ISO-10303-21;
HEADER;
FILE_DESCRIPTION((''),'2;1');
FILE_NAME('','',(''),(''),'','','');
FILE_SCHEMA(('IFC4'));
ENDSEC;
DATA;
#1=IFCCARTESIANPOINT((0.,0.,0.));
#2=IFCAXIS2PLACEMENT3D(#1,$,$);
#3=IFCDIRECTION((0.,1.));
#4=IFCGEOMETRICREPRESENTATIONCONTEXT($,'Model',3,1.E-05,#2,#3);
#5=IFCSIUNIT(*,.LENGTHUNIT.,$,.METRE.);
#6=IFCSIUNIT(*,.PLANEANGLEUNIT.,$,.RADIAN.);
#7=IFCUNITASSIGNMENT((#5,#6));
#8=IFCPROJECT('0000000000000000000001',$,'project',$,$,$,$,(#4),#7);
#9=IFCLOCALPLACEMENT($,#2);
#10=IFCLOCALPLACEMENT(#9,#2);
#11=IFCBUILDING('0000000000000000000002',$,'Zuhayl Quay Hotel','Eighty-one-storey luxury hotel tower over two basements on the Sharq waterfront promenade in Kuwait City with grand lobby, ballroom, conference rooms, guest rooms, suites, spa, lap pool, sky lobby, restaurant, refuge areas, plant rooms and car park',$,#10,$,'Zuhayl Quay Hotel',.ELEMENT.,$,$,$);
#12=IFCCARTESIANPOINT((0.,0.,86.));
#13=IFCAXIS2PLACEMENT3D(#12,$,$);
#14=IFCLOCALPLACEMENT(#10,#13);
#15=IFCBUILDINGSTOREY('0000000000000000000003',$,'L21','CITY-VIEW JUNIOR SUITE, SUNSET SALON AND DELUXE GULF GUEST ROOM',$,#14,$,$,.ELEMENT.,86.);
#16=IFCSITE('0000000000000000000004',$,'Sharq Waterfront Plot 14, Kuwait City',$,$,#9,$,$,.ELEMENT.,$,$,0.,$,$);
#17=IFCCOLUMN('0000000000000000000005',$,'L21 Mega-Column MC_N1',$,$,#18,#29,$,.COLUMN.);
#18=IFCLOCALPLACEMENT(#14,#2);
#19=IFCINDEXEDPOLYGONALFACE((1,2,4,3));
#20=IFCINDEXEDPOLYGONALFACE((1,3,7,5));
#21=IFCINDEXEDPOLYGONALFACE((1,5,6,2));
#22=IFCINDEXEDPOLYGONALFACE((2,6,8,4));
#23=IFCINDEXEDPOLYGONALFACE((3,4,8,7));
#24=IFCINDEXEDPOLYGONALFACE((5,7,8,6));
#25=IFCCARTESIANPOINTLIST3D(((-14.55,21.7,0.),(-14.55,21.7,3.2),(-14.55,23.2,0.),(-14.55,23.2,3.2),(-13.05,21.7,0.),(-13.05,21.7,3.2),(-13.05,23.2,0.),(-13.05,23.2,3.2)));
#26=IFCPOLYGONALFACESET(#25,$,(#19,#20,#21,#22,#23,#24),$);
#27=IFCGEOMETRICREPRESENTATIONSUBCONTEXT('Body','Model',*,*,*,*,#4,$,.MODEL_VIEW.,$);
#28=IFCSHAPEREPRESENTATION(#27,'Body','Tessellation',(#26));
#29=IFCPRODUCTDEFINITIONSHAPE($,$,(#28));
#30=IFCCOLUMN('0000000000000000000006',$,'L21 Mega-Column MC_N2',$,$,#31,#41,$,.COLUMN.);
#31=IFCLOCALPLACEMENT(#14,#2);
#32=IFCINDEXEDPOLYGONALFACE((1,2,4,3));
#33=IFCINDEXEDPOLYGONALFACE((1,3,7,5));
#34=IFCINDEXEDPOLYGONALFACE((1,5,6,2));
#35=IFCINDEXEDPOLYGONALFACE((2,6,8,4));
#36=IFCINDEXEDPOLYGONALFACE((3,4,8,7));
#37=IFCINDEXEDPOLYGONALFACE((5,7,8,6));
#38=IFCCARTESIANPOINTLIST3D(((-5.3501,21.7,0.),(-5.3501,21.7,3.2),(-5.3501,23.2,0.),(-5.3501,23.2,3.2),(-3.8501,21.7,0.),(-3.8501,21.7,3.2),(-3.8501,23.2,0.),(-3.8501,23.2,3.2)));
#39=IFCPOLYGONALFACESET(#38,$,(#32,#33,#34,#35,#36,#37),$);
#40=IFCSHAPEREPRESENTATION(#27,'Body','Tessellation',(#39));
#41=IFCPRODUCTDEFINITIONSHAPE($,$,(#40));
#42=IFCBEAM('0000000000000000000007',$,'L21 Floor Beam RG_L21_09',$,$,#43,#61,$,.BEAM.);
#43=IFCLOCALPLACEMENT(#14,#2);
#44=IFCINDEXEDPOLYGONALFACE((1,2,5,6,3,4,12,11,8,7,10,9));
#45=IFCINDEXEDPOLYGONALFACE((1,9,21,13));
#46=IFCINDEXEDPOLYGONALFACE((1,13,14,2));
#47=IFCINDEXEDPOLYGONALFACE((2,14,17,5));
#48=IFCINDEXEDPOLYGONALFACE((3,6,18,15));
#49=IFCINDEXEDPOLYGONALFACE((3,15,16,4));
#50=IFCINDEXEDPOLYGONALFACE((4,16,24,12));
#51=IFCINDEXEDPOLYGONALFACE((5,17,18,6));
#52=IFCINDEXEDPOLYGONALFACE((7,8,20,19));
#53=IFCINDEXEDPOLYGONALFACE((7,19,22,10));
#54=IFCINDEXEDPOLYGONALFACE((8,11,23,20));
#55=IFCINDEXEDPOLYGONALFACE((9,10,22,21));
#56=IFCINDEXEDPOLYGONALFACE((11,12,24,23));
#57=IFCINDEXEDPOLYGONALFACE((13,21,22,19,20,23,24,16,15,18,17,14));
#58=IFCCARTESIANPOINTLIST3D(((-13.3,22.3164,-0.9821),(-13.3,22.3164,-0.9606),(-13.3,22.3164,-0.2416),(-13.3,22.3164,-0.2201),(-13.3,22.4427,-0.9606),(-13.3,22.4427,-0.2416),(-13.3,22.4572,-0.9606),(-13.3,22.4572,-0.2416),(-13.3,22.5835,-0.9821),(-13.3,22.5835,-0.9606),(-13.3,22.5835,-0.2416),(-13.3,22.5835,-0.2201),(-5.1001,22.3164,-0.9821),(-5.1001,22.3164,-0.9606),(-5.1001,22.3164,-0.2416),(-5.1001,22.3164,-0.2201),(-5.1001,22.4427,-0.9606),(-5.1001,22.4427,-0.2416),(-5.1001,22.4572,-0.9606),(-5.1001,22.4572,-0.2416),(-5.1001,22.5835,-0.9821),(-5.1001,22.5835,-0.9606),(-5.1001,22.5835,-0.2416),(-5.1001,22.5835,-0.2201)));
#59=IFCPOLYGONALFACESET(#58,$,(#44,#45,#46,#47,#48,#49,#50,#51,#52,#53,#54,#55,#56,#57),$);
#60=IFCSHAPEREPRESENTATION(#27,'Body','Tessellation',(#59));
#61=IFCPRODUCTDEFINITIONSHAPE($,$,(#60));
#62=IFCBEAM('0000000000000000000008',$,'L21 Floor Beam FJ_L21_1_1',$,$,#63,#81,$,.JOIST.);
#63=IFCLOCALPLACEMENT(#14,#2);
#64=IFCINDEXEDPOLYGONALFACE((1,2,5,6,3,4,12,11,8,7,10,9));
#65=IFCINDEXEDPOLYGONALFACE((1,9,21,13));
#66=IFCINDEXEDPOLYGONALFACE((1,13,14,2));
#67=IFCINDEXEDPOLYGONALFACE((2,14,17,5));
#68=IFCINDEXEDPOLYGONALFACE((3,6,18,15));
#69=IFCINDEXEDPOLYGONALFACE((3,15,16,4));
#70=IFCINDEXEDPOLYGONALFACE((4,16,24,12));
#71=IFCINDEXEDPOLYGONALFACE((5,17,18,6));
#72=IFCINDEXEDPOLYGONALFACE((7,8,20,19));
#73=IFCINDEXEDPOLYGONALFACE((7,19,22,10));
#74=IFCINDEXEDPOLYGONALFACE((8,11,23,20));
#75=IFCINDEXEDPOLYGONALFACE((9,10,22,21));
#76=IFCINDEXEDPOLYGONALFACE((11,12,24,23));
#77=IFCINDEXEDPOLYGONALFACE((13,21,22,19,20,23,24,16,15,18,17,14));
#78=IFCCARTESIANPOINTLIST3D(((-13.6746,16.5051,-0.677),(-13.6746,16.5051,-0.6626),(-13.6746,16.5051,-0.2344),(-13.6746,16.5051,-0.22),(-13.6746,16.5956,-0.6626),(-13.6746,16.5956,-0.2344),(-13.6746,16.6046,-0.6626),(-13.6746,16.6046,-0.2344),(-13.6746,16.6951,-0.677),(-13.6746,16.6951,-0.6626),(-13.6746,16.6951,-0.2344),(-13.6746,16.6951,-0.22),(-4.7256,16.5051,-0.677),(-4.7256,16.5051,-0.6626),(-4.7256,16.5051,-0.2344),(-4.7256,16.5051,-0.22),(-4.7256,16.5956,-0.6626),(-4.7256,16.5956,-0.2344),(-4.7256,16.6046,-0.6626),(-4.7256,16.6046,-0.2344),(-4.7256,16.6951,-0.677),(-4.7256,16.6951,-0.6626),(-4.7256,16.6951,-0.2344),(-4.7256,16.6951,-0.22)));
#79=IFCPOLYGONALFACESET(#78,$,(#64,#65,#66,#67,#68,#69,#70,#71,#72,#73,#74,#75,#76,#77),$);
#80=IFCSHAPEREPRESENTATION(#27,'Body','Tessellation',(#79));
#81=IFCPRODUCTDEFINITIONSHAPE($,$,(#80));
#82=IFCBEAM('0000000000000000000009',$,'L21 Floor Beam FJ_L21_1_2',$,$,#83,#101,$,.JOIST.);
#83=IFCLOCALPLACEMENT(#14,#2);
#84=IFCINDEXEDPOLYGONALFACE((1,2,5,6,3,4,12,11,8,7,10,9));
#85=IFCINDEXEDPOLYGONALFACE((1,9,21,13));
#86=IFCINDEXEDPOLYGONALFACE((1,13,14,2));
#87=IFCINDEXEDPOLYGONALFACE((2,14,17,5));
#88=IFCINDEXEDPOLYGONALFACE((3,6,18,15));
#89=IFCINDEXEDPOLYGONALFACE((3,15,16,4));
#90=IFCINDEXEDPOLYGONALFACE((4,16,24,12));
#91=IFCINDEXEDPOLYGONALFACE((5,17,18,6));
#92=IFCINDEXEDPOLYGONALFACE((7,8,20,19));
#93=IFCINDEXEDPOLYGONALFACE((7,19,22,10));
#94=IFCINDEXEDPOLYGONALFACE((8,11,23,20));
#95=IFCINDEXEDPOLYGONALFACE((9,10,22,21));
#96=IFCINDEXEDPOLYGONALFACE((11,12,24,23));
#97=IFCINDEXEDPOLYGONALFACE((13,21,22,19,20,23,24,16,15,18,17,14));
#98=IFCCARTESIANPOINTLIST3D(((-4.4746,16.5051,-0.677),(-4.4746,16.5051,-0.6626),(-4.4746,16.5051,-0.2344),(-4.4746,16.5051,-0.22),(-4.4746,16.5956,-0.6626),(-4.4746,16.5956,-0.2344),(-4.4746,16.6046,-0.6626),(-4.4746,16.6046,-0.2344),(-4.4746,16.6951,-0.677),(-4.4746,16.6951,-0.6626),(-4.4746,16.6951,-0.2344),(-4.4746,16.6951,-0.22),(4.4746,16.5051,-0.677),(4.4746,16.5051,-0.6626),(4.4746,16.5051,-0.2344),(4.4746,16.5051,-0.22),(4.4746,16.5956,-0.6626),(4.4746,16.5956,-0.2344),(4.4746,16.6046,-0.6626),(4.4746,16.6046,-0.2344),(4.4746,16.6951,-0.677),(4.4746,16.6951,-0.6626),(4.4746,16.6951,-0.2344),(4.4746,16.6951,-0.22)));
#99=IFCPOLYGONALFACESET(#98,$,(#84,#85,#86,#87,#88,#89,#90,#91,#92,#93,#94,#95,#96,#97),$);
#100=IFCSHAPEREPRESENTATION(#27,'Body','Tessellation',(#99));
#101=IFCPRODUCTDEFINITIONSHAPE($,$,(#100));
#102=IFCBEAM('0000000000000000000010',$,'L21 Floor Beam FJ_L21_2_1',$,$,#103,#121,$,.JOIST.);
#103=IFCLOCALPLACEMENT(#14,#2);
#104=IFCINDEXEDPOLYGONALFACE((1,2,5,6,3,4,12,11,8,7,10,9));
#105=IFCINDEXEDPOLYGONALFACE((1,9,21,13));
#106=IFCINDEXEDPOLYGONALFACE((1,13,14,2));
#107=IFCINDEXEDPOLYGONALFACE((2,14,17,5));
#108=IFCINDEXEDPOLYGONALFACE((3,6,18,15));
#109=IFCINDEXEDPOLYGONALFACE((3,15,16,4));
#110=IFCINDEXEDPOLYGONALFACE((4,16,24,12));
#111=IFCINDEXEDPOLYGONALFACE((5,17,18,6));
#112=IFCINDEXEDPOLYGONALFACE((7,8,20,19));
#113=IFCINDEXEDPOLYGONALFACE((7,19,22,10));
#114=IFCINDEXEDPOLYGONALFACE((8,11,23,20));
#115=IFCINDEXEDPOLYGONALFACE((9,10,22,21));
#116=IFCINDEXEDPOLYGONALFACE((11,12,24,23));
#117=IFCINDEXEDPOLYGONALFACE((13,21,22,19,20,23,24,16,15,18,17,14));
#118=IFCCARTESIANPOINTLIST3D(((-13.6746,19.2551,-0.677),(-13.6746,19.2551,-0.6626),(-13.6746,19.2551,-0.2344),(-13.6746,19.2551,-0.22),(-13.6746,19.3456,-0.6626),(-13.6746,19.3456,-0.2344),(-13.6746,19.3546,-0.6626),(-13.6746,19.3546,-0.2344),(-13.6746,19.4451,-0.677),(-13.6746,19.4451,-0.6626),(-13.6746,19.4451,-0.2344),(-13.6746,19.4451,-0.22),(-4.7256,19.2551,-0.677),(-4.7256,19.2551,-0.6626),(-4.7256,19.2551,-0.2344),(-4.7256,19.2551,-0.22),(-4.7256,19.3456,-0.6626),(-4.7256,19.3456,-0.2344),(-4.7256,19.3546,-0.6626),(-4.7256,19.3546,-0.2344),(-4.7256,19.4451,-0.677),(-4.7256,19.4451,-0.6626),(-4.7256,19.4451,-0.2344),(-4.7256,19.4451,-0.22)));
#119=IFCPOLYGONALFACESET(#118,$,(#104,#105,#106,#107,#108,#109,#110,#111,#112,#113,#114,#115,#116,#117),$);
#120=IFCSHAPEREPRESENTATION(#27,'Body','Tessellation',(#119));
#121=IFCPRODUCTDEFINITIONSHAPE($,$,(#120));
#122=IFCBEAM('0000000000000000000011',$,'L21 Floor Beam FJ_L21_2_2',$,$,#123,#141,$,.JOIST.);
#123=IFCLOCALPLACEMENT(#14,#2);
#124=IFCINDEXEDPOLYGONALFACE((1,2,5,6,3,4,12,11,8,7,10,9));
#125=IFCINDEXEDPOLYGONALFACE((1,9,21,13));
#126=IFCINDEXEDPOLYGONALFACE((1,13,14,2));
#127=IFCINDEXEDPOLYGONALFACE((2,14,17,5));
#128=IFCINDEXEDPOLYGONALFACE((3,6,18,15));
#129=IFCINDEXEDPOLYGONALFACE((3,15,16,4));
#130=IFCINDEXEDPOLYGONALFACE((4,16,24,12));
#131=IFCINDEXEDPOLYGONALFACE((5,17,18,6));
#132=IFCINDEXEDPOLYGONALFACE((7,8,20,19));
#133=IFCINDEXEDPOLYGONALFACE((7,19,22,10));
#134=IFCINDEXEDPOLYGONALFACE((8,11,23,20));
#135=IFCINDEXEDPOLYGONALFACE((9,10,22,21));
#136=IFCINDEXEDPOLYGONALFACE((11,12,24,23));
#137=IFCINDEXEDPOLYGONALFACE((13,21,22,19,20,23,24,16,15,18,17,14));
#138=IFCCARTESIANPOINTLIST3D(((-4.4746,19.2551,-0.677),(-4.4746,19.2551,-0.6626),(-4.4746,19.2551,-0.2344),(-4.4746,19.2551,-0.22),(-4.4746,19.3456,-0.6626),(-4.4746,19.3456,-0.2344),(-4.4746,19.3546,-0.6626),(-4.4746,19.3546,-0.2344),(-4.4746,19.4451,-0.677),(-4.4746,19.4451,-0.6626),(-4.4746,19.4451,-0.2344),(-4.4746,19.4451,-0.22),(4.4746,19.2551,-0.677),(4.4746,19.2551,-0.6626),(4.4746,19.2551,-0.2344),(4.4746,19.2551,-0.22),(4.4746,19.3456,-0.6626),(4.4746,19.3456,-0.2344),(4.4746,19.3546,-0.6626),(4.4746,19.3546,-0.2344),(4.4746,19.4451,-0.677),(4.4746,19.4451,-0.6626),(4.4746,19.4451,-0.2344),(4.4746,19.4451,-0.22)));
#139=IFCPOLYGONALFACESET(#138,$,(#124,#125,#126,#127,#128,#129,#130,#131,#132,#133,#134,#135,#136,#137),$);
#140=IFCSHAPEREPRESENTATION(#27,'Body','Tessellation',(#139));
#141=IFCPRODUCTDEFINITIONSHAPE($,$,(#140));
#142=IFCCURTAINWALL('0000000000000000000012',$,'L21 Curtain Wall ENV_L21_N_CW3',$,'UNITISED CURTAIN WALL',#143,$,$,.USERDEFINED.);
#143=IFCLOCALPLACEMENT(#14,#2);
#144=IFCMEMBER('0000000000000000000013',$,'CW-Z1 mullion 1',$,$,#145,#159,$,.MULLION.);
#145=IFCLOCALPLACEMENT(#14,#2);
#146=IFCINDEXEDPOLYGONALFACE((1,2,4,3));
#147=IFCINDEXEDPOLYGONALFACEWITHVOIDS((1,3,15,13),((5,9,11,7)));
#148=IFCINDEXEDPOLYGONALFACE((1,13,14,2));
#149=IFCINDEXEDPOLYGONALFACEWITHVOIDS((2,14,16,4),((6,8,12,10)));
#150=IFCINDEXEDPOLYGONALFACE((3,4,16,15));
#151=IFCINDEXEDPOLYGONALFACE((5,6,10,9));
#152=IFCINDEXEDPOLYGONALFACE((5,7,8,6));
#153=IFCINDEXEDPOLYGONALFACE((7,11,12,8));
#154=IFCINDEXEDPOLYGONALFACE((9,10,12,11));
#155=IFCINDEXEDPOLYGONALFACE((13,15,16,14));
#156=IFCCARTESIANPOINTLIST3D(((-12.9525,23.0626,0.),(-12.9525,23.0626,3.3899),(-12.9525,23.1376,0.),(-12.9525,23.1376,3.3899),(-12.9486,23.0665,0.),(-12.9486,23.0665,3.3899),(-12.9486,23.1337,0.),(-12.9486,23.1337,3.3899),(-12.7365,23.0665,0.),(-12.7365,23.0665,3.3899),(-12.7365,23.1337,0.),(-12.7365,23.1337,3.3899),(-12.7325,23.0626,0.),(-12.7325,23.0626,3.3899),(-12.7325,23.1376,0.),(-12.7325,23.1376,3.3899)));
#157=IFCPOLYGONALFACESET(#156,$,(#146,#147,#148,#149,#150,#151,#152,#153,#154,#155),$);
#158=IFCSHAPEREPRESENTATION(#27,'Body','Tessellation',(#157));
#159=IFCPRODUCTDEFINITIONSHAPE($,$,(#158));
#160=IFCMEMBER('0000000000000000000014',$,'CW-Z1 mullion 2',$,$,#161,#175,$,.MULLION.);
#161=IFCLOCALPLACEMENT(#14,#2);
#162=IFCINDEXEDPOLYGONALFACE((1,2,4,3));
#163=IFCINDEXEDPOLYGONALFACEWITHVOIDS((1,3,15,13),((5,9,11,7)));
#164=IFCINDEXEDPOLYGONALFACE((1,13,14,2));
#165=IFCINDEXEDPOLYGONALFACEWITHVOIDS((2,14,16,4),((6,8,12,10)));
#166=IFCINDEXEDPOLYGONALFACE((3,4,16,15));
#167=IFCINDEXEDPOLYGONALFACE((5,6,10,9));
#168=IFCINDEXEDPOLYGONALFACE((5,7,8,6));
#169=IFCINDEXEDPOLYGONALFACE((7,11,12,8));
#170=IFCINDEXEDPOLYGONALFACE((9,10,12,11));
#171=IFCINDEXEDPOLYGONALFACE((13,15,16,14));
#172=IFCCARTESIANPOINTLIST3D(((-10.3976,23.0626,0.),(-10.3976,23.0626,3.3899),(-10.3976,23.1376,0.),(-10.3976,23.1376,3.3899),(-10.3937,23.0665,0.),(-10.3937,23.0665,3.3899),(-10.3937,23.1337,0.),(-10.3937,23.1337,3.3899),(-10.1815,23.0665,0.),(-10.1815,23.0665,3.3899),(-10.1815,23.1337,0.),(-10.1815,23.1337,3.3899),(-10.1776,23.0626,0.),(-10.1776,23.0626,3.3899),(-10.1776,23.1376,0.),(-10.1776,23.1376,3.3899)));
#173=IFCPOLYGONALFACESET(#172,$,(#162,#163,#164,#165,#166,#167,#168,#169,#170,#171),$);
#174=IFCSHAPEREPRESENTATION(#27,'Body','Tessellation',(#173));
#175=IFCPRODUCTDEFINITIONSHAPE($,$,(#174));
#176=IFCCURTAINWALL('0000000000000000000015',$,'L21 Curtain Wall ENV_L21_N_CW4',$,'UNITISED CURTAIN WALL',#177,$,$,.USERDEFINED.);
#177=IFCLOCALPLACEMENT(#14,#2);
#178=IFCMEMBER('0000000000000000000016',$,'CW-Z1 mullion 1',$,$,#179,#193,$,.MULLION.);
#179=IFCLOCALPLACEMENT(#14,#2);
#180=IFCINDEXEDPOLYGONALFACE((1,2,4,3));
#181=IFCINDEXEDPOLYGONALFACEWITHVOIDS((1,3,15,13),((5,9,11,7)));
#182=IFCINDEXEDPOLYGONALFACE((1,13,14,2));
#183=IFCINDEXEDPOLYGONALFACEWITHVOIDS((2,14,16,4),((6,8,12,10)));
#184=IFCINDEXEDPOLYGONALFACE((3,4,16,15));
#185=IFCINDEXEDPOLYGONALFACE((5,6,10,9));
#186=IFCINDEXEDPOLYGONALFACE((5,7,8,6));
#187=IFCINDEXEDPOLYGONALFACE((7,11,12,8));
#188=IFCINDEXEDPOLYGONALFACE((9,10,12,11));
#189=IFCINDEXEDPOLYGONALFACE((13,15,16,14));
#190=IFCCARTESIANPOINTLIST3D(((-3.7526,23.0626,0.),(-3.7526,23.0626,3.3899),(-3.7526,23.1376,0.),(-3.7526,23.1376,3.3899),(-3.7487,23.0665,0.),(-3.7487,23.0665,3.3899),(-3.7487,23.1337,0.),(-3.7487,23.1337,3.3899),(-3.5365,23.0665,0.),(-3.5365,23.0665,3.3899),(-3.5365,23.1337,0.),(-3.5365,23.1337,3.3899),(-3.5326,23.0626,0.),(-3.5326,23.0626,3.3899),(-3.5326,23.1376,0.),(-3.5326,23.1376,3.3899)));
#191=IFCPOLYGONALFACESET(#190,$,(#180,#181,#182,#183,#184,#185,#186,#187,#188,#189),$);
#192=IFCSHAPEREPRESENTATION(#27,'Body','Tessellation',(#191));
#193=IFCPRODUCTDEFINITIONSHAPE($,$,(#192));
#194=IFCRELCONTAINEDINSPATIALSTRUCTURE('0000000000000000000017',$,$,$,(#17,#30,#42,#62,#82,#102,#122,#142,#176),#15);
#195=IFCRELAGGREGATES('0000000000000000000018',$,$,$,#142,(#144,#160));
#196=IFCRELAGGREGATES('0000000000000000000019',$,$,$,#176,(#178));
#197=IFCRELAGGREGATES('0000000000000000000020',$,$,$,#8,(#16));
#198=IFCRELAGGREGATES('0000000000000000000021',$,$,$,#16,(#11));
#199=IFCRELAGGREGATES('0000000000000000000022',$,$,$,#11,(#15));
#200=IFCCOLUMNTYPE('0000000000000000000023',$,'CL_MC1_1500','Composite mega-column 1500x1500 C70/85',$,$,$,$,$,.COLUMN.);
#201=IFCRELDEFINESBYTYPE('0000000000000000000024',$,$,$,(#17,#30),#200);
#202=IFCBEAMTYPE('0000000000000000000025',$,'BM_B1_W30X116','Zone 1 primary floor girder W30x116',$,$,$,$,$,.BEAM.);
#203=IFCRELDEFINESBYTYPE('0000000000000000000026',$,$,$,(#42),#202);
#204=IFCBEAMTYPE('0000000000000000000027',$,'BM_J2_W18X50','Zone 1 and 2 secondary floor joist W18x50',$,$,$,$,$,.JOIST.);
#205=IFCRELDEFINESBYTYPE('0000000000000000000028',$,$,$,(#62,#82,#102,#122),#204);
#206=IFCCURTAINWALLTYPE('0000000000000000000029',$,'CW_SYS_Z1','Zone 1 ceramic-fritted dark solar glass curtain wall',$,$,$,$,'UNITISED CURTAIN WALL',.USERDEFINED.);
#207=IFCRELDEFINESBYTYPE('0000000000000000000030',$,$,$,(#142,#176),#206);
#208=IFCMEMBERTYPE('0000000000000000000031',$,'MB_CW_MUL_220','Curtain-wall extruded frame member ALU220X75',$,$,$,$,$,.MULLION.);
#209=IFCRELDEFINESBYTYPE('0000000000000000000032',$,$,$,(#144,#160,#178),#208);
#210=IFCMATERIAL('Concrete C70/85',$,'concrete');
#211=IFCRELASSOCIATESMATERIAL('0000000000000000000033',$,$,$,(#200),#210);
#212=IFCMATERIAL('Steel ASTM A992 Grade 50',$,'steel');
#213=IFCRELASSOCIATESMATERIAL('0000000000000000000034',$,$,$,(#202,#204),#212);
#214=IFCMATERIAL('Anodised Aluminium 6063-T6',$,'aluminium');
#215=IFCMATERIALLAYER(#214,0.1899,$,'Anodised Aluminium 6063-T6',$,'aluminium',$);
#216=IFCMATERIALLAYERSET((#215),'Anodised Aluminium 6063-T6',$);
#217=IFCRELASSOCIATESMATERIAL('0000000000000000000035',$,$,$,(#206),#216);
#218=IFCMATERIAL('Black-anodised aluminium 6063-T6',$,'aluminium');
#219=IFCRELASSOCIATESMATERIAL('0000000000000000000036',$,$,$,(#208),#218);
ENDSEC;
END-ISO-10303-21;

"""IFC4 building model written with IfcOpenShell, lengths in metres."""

from ifc_helpers import new_model, si_unit, direction, frame, origin, origin_2d, place, context, subcontext, project, spatial, rectangle, hollow_rectangle, i_section, extrude, material, layer, layer_set, material_profile, profile_set, type_object, element, aggregate, save


model = new_model("IFC4")

# Units and contexts
model_context = context("Model", 3, precision=1e-05, world=origin(), true_north=direction((0.0, 1.0)))
body_context = subcontext(model_context, "Body", "Model", "MODEL_VIEW")
ifc_project = project(units=[si_unit("LENGTHUNIT", "METRE"), si_unit("PLANEANGLEUNIT", "RADIAN")], contexts=[model_context])

# Site, building, storey
site_placement = place(None, origin())
site = spatial("IfcSite", under=ifc_project, at=site_placement, Name="Sharq Waterfront Plot 14, Kuwait City", CompositionType="ELEMENT", RefElevation=0.0)
building_placement = place(site_placement, origin())
building = spatial("IfcBuilding", under=site, at=building_placement, Name="Zuhayl Quay Hotel", Description="Eighty-one-storey luxury hotel tower over two basements on the Sharq waterfront promenade in Kuwait City with grand lobby, ballroom, conference rooms, guest rooms, suites, spa, lap pool, sky lobby, restaurant, refuge areas, plant rooms and car park", LongName="Zuhayl Quay Hotel", CompositionType="ELEMENT")
storey_placement = place(building_placement, frame((0.0, 0.0, 86.0)))
storey = spatial("IfcBuildingStorey", under=building, at=storey_placement, Name="L21", Description="CITY-VIEW JUNIOR SUITE, SUNSET SALON AND DELUXE GULF GUEST ROOM", CompositionType="ELEMENT", Elevation=86.0)

# Columns
ifc_material_1 = material(Name="Concrete C70/85", Category="concrete")
ifc_material_profile_1 = material_profile(ifc_material_1, rectangle(XDim=1.5, YDim=1.5, at=origin_2d()), Name="RC1500X1500")
ifc_profile_set_1 = profile_set([ifc_material_profile_1], Name="Concrete C70/85")
column_type = type_object("IfcColumnType", Name="CL_MC1_1500", Description="Composite mega-column 1500x1500 C70/85", PredefinedType="COLUMN", material=ifc_profile_set_1)
for number, where, z_axis, x_axis, name in (
    (1, (-13.8, 22.45, 0.0), (0.0, 0.0, 1.0), (1.0, 0.0, 0.0), "L21 Mega-Column MC_N1"),
    (2, (-4.6001, 22.45, 0.0), (0.0, 0.0, 1.0), (1.0, 0.0, 0.0), "L21 Mega-Column MC_N2"),
):
    element("IfcColumn", number, at=place(storey_placement, frame(where, z_axis=z_axis, x_axis=x_axis)), inside=storey, type_object=column_type, Name=name, PredefinedType="COLUMN", context=body_context, shape_type="SweptSolid", body=[
        extrude(rectangle(XDim=1.5, YDim=1.5, at=origin_2d()), origin(), (0.0, 0.0, 1.0), 3.2),
    ])

# Beams
ifc_material_2 = material(Name="Steel ASTM A992 Grade 50", Category="steel")
ifc_material_profile_2 = material_profile(ifc_material_2, i_section(OverallWidth=0.2671, OverallDepth=0.762, WebThickness=0.0144, FlangeThickness=0.0215, at=origin_2d()), Name="W30X116")
ifc_profile_set_2 = profile_set([ifc_material_profile_2], Name="Steel ASTM A992 Grade 50")
beam_type_1 = type_object("IfcBeamType", Name="BM_B1_W30X116", Description="Zone 1 primary floor girder W30x116", PredefinedType="BEAM", material=ifc_profile_set_2)
beam_1_placement = place(storey_placement, frame((-5.1001, 22.45, -0.6011), z_axis=(-1.0, 0.0, 0.0), x_axis=(0.0, -1.0, 0.0)))
element("IfcBeam", 3, at=beam_1_placement, inside=storey, type_object=beam_type_1, Name="L21 Floor Beam RG_L21_09", PredefinedType="BEAM", context=body_context, shape_type="SweptSolid", body=[
    extrude(i_section(OverallWidth=0.2671, OverallDepth=0.762, WebThickness=0.0144, FlangeThickness=0.0215, at=origin_2d()), origin(), (0.0, 0.0, 1.0), 8.2),
])
ifc_material_profile_3 = material_profile(ifc_material_2, i_section(OverallWidth=0.1899, OverallDepth=0.457, WebThickness=0.009, FlangeThickness=0.0144, at=origin_2d()), Name="W18X50")
ifc_profile_set_3 = profile_set([ifc_material_profile_3], Name="Steel ASTM A992 Grade 50")
beam_type_2 = type_object("IfcBeamType", Name="BM_J2_W18X50", Description="Zone 1 and 2 secondary floor joist W18x50", PredefinedType="JOIST", material=ifc_profile_set_3)
beam_2_placement = place(storey_placement, frame((-13.6746, 16.6001, -0.4485), z_axis=(1.0, 0.0, 0.0), x_axis=(0.0, 1.0, 0.0)))
element("IfcBeam", 4, at=beam_2_placement, inside=storey, type_object=beam_type_2, Name="L21 Floor Beam FJ_L21_1_1", PredefinedType="JOIST", context=body_context, shape_type="SweptSolid", body=[
    extrude(i_section(OverallWidth=0.1899, OverallDepth=0.457, WebThickness=0.009, FlangeThickness=0.0144, at=origin_2d()), origin(), (0.0, 0.0, 1.0), 8.949),
])
beam_3_placement = place(storey_placement, frame((-4.4746, 16.6001, -0.4485), z_axis=(1.0, 0.0, 0.0), x_axis=(0.0, 1.0, 0.0)))
element("IfcBeam", 5, at=beam_3_placement, inside=storey, type_object=beam_type_2, Name="L21 Floor Beam FJ_L21_1_2", PredefinedType="JOIST", context=body_context, shape_type="SweptSolid", body=[
    extrude(i_section(OverallWidth=0.1899, OverallDepth=0.457, WebThickness=0.009, FlangeThickness=0.0144, at=origin_2d()), origin(), (0.0, 0.0, 1.0), 8.9492),
])
beam_4_placement = place(storey_placement, frame((-13.6746, 19.3501, -0.4485), z_axis=(1.0, 0.0, 0.0), x_axis=(0.0, 1.0, 0.0)))
element("IfcBeam", 6, at=beam_4_placement, inside=storey, type_object=beam_type_2, Name="L21 Floor Beam FJ_L21_2_1", PredefinedType="JOIST", context=body_context, shape_type="SweptSolid", body=[
    extrude(i_section(OverallWidth=0.1899, OverallDepth=0.457, WebThickness=0.009, FlangeThickness=0.0144, at=origin_2d()), origin(), (0.0, 0.0, 1.0), 8.949),
])
beam_5_placement = place(storey_placement, frame((-4.4746, 19.3501, -0.4485), z_axis=(1.0, 0.0, 0.0), x_axis=(0.0, 1.0, 0.0)))
element("IfcBeam", 7, at=beam_5_placement, inside=storey, type_object=beam_type_2, Name="L21 Floor Beam FJ_L21_2_2", PredefinedType="JOIST", context=body_context, shape_type="SweptSolid", body=[
    extrude(i_section(OverallWidth=0.1899, OverallDepth=0.457, WebThickness=0.009, FlangeThickness=0.0144, at=origin_2d()), origin(), (0.0, 0.0, 1.0), 8.9492),
])

# Curtain walls, members
ifc_material_3 = material(Name="Anodised Aluminium 6063-T6", Category="aluminium")
ifc_layer_1 = layer(ifc_material_3, 0.1899, Name="Anodised Aluminium 6063-T6", Category="aluminium")
ifc_layer_set_1 = layer_set([ifc_layer_1], Name="Anodised Aluminium 6063-T6")
curtain_wall_type = type_object("IfcCurtainWallType", Name="CW_SYS_Z1", Description="Zone 1 ceramic-fritted dark solar glass curtain wall", ElementType="UNITISED CURTAIN WALL", PredefinedType="USERDEFINED", material=ifc_layer_set_1)
curtain_wall_1_placement = place(storey_placement, origin())
curtain_wall_1 = element("IfcCurtainWall", 8, at=curtain_wall_1_placement, inside=storey, type_object=curtain_wall_type, Name="L21 Curtain Wall ENV_L21_N_CW3", ObjectType="UNITISED CURTAIN WALL", PredefinedType="USERDEFINED")
ifc_material_4 = material(Name="Black-anodised aluminium 6063-T6", Category="aluminium")
ifc_material_profile_4 = material_profile(ifc_material_4, hollow_rectangle(XDim=0.075, YDim=0.22, WallThickness=0.0039, at=origin_2d()), Name="ALU220X75")
ifc_profile_set_4 = profile_set([ifc_material_profile_4], Name="Black-anodised aluminium 6063-T6")
member_type_1 = type_object("IfcMemberType", Name="MB_CW_MUL_220", Description="Curtain-wall extruded frame member ALU220X75", PredefinedType="MULLION", material=ifc_profile_set_4)
member_1_placement = place(storey_placement, frame((-12.8425, 23.1001, 0.0), z_axis=(0.0, 0.0, 1.0), x_axis=(0.0, 1.0, 0.0)))
member_1 = element("IfcMember", 9, at=member_1_placement, type_object=member_type_1, Name="CW-Z1 mullion 1", PredefinedType="MULLION", context=body_context, shape_type="SweptSolid", body=[
    extrude(hollow_rectangle(XDim=0.075, YDim=0.22, WallThickness=0.0039, at=origin_2d()), origin(), (0.0, 0.0, 1.0), 3.3899),
])
member_2_placement = place(storey_placement, frame((-10.2876, 23.1001, 0.0), z_axis=(0.0, 0.0, 1.0), x_axis=(0.0, 1.0, 0.0)))
member_2 = element("IfcMember", 10, at=member_2_placement, type_object=member_type_1, Name="CW-Z1 mullion 2", PredefinedType="MULLION", context=body_context, shape_type="SweptSolid", body=[
    extrude(hollow_rectangle(XDim=0.075, YDim=0.22, WallThickness=0.0039, at=origin_2d()), origin(), (0.0, 0.0, 1.0), 3.3899),
])
curtain_wall_2_placement = place(storey_placement, origin())
curtain_wall_2 = element("IfcCurtainWall", 11, at=curtain_wall_2_placement, inside=storey, type_object=curtain_wall_type, Name="L21 Curtain Wall ENV_L21_N_CW4", ObjectType="UNITISED CURTAIN WALL", PredefinedType="USERDEFINED")
member_3_placement = place(storey_placement, frame((-3.6426, 23.1001, 0.0), z_axis=(0.0, 0.0, 1.0), x_axis=(0.0, 1.0, 0.0)))
member_3 = element("IfcMember", 12, at=member_3_placement, type_object=member_type_1, Name="CW-Z1 mullion 1", PredefinedType="MULLION", context=body_context, shape_type="SweptSolid", body=[
    extrude(hollow_rectangle(XDim=0.075, YDim=0.22, WallThickness=0.0039, at=origin_2d()), origin(), (0.0, 0.0, 1.0), 3.3899),
])

aggregate(curtain_wall_1, [member_1, member_2])
aggregate(curtain_wall_2, [member_3])

save(model, "model.ifc")
